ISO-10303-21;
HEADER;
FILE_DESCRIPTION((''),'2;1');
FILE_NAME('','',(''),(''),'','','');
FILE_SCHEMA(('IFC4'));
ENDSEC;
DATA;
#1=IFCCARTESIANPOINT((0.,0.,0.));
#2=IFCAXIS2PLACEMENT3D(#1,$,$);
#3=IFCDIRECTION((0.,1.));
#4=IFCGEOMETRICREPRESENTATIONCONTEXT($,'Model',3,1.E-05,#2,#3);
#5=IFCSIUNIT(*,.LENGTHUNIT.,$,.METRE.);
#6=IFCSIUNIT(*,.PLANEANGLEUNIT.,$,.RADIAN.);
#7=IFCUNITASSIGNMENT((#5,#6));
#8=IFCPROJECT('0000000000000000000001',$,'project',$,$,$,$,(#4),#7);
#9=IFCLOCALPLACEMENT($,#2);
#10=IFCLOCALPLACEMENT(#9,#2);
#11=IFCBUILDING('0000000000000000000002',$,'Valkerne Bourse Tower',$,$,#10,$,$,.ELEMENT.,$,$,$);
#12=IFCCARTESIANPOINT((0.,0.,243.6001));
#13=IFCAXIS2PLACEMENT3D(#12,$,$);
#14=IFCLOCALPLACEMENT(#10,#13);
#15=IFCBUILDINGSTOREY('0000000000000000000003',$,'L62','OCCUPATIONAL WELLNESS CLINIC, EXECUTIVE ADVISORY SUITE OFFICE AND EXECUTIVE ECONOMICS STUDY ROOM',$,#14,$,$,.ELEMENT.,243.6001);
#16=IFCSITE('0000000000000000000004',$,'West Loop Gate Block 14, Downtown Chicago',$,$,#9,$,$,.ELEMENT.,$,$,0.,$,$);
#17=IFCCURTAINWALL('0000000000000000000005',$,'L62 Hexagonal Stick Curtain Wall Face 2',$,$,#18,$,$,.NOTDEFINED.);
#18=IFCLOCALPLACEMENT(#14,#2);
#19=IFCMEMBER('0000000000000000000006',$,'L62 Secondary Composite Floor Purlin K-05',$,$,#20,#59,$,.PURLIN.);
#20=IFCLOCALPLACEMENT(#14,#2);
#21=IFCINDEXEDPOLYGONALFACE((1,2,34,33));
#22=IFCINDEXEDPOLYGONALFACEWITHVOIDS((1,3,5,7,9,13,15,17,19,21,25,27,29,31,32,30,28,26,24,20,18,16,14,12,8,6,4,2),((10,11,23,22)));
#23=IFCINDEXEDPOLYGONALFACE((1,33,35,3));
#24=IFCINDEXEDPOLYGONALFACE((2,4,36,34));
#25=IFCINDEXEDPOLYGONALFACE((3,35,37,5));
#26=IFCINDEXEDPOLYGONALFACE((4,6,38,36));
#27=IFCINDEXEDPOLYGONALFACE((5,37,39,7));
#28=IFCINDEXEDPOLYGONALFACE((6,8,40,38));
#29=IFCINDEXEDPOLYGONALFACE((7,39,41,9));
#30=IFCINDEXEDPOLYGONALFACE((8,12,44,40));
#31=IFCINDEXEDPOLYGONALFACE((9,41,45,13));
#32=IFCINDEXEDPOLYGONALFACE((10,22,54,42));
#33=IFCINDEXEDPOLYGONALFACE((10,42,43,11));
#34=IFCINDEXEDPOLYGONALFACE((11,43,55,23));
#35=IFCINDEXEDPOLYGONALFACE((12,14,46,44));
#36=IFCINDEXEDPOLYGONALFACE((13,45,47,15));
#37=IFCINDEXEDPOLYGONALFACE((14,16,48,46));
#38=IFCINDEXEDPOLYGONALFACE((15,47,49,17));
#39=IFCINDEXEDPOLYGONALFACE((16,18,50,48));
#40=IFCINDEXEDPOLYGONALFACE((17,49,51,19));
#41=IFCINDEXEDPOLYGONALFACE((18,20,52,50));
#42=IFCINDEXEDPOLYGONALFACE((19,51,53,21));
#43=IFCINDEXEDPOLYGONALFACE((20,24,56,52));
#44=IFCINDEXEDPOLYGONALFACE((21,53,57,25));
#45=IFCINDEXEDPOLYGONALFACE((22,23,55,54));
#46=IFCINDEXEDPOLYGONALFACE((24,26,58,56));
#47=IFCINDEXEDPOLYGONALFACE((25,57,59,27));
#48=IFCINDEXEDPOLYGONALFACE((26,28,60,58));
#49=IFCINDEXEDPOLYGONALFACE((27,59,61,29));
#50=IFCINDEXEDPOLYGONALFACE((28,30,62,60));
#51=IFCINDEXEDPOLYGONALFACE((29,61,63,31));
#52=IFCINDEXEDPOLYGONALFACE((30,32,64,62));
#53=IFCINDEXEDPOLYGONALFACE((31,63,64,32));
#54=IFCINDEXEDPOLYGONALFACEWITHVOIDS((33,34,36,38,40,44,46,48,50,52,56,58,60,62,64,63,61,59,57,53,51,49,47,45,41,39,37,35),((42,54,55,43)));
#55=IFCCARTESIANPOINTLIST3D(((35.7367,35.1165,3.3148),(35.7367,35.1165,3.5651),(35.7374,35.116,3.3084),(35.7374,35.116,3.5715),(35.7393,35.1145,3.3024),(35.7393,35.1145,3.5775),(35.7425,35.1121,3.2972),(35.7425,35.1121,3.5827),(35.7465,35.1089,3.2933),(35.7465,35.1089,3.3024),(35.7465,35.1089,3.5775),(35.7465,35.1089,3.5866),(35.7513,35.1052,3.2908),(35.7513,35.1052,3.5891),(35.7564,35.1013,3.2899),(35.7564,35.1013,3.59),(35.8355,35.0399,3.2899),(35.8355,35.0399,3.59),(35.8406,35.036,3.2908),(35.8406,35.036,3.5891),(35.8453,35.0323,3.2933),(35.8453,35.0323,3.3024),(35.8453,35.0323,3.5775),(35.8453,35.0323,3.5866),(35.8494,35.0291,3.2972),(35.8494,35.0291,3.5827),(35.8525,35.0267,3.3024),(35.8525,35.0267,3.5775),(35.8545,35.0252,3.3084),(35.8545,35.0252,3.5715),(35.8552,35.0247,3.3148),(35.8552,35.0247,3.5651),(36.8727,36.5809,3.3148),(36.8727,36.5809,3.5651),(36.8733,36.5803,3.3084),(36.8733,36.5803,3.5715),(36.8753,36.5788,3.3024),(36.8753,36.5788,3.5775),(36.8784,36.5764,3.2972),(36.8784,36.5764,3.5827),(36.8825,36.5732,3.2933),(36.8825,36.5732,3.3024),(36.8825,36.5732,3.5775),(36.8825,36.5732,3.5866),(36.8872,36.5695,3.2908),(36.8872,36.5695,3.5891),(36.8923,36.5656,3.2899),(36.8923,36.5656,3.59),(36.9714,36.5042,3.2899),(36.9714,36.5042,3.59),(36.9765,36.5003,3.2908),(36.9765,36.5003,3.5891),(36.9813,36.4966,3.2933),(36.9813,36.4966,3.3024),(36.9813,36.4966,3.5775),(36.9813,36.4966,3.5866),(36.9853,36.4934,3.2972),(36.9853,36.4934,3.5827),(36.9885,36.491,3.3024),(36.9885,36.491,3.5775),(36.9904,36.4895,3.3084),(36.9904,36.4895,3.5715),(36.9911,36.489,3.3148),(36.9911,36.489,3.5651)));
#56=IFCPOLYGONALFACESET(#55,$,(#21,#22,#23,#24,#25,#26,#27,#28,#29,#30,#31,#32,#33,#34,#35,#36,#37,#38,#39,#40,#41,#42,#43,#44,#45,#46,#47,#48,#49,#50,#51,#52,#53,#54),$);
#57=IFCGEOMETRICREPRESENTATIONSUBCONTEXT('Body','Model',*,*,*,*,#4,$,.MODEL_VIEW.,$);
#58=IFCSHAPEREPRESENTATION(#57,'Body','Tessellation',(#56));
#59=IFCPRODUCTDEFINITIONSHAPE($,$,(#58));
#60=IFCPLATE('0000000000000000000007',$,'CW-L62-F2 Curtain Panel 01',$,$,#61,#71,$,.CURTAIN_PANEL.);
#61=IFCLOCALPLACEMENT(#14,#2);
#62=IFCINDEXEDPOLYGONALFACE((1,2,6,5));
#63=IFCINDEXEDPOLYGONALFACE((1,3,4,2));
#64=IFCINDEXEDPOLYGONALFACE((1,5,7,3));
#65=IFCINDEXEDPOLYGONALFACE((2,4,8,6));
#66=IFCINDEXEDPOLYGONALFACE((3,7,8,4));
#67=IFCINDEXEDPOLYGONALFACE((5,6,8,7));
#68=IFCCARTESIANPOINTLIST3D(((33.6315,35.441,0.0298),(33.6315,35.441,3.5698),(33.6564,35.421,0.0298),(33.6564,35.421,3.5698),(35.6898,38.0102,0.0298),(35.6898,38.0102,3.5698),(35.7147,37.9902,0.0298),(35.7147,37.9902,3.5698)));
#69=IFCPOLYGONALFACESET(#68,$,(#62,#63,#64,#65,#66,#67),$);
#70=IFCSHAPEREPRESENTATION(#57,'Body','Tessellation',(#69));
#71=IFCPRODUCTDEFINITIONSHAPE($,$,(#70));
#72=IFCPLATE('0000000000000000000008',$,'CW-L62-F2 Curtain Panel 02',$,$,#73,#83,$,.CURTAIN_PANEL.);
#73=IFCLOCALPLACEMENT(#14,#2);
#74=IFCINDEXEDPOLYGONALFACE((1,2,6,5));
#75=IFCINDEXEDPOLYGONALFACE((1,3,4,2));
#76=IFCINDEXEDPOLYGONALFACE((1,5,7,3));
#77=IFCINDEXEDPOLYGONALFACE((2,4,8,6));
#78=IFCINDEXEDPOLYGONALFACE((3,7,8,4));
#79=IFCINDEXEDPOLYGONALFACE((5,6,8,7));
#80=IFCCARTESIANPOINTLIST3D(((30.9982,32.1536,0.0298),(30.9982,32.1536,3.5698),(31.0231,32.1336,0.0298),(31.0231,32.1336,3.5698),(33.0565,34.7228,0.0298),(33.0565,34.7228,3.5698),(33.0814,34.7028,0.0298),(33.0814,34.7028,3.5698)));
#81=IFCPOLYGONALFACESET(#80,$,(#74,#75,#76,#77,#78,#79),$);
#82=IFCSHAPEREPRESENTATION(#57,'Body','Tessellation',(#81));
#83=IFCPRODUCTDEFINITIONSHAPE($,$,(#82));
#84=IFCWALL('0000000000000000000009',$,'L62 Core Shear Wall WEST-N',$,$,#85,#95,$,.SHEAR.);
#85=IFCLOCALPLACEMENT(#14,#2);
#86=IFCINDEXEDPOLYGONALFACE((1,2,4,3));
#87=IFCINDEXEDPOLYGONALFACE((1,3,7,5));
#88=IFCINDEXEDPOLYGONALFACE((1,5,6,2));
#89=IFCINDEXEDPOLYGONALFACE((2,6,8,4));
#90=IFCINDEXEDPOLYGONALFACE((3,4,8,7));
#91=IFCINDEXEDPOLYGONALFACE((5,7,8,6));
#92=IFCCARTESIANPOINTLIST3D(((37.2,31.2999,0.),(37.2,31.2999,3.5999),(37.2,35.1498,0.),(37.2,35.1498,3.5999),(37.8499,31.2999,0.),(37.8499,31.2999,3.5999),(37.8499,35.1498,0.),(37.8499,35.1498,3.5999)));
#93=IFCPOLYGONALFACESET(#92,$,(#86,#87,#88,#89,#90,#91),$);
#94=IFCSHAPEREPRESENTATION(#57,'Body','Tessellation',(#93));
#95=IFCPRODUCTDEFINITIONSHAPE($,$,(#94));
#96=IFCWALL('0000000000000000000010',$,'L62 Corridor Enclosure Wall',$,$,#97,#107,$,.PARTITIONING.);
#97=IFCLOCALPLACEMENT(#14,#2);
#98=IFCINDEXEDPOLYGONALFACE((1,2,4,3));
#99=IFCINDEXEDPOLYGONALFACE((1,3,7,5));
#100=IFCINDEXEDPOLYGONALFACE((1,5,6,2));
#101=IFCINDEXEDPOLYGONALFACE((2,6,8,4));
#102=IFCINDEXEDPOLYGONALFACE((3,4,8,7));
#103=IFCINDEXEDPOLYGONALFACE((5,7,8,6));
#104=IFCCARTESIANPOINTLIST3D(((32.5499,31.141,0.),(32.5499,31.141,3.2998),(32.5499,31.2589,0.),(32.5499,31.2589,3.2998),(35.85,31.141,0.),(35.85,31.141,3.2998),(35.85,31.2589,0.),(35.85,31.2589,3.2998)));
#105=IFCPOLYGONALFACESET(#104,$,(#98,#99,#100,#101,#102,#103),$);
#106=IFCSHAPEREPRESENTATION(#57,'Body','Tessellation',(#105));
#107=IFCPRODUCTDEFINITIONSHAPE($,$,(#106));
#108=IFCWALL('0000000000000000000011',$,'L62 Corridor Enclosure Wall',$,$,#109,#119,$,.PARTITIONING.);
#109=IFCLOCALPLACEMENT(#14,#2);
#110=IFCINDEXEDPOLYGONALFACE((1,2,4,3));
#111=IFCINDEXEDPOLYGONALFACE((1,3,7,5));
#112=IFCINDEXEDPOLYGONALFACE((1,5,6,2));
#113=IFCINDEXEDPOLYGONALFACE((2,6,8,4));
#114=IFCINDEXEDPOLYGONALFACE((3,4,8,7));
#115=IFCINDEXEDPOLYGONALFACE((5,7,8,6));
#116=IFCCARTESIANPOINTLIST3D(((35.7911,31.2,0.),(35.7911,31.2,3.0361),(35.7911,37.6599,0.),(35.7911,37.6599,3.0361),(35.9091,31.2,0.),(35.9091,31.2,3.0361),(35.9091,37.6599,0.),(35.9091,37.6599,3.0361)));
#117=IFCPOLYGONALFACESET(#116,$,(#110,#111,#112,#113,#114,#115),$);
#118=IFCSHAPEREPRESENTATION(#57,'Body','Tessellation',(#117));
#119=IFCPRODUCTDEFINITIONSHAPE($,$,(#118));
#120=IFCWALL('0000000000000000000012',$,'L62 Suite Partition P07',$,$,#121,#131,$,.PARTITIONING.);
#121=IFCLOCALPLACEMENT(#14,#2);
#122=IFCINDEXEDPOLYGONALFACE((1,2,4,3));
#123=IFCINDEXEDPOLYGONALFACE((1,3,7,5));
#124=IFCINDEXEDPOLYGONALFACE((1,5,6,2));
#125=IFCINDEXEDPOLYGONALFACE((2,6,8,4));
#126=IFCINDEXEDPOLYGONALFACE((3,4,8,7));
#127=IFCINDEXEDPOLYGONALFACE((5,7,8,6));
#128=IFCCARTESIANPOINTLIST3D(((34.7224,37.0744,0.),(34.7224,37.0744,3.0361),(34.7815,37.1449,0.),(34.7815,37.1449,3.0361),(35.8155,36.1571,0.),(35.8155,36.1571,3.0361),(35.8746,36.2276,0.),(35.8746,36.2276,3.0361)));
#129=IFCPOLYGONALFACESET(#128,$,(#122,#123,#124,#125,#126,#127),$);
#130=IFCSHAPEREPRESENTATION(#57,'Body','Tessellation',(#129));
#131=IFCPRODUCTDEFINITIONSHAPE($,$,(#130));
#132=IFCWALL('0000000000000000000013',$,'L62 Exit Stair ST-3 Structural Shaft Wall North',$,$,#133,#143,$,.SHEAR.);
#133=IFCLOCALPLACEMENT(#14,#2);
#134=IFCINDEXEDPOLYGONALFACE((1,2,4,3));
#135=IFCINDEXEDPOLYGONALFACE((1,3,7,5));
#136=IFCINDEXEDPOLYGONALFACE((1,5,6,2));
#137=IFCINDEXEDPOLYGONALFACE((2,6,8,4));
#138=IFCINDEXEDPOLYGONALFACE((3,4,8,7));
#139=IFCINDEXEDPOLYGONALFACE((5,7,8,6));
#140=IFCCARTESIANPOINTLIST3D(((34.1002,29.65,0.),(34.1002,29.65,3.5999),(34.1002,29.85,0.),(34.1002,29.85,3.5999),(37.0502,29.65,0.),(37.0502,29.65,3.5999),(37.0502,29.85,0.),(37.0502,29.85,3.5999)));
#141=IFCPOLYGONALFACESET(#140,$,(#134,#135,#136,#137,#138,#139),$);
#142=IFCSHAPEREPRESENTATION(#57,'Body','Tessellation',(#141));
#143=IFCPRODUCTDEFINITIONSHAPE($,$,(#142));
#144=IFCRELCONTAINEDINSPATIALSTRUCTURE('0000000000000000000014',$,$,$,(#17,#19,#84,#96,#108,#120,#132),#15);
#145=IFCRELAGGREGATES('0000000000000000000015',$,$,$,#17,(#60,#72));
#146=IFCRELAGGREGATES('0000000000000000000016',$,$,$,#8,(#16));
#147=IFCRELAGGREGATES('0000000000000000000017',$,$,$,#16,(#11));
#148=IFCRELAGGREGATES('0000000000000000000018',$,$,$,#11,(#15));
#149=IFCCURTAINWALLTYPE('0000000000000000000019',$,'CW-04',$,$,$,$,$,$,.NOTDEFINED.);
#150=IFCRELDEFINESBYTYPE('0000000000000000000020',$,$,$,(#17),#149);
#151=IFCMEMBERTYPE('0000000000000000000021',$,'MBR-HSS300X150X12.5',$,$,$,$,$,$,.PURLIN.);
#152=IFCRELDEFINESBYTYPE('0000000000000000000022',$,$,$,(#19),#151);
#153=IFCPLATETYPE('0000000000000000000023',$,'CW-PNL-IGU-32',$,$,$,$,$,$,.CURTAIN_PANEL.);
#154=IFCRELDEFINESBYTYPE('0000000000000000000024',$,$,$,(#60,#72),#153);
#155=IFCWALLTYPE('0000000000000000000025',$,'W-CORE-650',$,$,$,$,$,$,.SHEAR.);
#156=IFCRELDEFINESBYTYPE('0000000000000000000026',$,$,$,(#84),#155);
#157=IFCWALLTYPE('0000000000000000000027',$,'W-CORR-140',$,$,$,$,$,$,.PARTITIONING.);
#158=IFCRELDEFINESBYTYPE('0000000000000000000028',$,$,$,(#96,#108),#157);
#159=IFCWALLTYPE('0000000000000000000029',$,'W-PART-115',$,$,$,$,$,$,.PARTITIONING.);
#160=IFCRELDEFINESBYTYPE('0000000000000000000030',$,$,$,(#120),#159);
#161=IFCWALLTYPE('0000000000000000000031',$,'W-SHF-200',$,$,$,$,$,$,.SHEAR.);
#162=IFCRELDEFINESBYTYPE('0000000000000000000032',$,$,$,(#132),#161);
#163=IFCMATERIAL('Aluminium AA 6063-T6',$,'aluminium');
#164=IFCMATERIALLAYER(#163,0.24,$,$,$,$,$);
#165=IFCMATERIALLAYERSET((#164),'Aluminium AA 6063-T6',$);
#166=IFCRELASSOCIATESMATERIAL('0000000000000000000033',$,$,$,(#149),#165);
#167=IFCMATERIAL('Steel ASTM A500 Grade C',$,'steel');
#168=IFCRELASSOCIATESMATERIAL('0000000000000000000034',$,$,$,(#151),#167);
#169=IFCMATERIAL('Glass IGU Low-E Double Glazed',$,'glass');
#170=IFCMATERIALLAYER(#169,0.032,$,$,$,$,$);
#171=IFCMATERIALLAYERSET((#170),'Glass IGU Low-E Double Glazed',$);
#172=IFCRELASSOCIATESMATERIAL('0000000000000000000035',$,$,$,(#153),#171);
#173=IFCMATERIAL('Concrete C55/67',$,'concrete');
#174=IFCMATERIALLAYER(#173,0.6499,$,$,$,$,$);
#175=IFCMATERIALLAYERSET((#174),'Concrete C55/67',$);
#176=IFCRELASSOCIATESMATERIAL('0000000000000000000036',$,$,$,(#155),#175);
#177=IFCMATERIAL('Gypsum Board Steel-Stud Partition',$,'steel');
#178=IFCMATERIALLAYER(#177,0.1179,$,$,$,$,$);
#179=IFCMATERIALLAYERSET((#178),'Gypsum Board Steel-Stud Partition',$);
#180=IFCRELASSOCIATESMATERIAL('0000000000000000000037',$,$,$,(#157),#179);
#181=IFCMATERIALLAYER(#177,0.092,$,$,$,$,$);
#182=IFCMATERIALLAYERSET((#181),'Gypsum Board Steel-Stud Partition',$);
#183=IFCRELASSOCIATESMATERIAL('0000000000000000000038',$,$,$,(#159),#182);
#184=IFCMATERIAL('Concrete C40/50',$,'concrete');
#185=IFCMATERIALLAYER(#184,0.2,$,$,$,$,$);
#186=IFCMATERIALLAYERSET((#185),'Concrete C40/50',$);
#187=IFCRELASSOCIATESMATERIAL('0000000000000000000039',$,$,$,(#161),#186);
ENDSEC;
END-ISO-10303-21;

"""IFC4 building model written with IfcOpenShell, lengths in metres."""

from ifc_helpers import new_model, si_unit, direction, frame, frame_2d, origin, origin_2d, place, context, subcontext, project, spatial, rectangle, hollow_rectangle, extrude, material, layer, layer_set, material_profile, profile_set, type_object, element, aggregate, save


model = new_model("IFC4")

# Units and contexts
model_context = context("Model", 3, precision=1e-05, world=origin(), true_north=direction((0.0, 1.0)))
body_context = subcontext(model_context, "Body", "Model", "MODEL_VIEW")
ifc_project = project(units=[si_unit("LENGTHUNIT", "METRE"), si_unit("PLANEANGLEUNIT", "RADIAN")], contexts=[model_context])

# Site, building, storey
site_placement = place(None, origin())
site = spatial("IfcSite", under=ifc_project, at=site_placement, Name="West Loop Gate Block 14, Downtown Chicago", CompositionType="ELEMENT", RefElevation=0.0)
building_placement = place(site_placement, origin())
building = spatial("IfcBuilding", under=site, at=building_placement, Name="Valkerne Bourse Tower", CompositionType="ELEMENT")
storey_placement = place(building_placement, frame((0.0, 0.0, 243.6001)))
storey = spatial("IfcBuildingStorey", under=building, at=storey_placement, Name="L62", Description="OCCUPATIONAL WELLNESS CLINIC, EXECUTIVE ADVISORY SUITE OFFICE AND EXECUTIVE ECONOMICS STUDY ROOM", CompositionType="ELEMENT", Elevation=243.6001)

# Curtain wall
ifc_material_1 = material(Name="Aluminium AA 6063-T6", Category="aluminium")
ifc_layer_1 = layer(ifc_material_1, 0.24)
ifc_layer_set_1 = layer_set([ifc_layer_1], Name="Aluminium AA 6063-T6")
curtain_wall_type = type_object("IfcCurtainWallType", Name="CW-04", PredefinedType="NOTDEFINED", material=ifc_layer_set_1)
curtain_wall_placement = place(storey_placement, origin())
curtain_wall = element("IfcCurtainWall", 1, at=curtain_wall_placement, inside=storey, type_object=curtain_wall_type, Name="L62 Hexagonal Stick Curtain Wall Face 2", PredefinedType="NOTDEFINED")

# Member
ifc_material_2 = material(Name="Steel ASTM A500 Grade C", Category="steel")
ifc_material_profile_1 = material_profile(ifc_material_2, hollow_rectangle(XDim=0.1499, YDim=0.3, WallThickness=0.0125, OuterFilletRadius=0.0249, at=origin_2d()), Name="HSS300X150X12.5")
ifc_profile_set_1 = profile_set([ifc_material_profile_1], Name="Steel ASTM A500 Grade C")
member_type_1 = type_object("IfcMemberType", Name="MBR-HSS300X150X12.5", PredefinedType="PURLIN", material=ifc_profile_set_1)
member_1_placement = place(storey_placement, frame((36.9319, 36.5349, 3.4399), z_axis=(-0.612946, -0.790125, 0.0), x_axis=(0.790125, -0.612946, 0.0)))
element("IfcMember", 2, at=member_1_placement, inside=storey, type_object=member_type_1, Name="L62 Secondary Composite Floor Purlin K-05", PredefinedType="PURLIN", context=body_context, shape_type="SweptSolid", body=[
    extrude(hollow_rectangle(XDim=0.1499, YDim=0.3, WallThickness=0.0125, OuterFilletRadius=0.0249, at=origin_2d()), origin(), (0.0, 0.0, 1.0), 1.8533),
])

# Plates
ifc_material_3 = material(Name="Glass IGU Low-E Double Glazed", Category="glass")
ifc_layer_2 = layer(ifc_material_3, 0.032)
ifc_layer_set_2 = layer_set([ifc_layer_2], Name="Glass IGU Low-E Double Glazed")
plate_type = type_object("IfcPlateType", Name="CW-PNL-IGU-32", PredefinedType="CURTAIN_PANEL", material=ifc_layer_set_2)
plate_1_placement = place(storey_placement, frame((34.6731, 36.7156, 0.0298), z_axis=(0.0, 0.0, 1.0), x_axis=(-0.625236, -0.780435, 0.0)))
plate_1 = element("IfcPlate", 3, at=plate_1_placement, type_object=plate_type, Name="CW-L62-F2 Curtain Panel 01", PredefinedType="CURTAIN_PANEL", context=body_context, shape_type="SweptSolid", body=[
    extrude(rectangle(XDim=3.292, YDim=0.032, at=origin_2d()), origin(), (0.0, 0.0, 1.0), 3.54),
])
plate_2_placement = place(storey_placement, frame((32.0398, 33.4282, 0.0298), z_axis=(0.0, 0.0, 1.0), x_axis=(-0.625236, -0.780435, 0.0)))
plate_2 = element("IfcPlate", 4, at=plate_2_placement, type_object=plate_type, Name="CW-L62-F2 Curtain Panel 02", PredefinedType="CURTAIN_PANEL", context=body_context, shape_type="SweptSolid", body=[
    extrude(rectangle(XDim=3.292, YDim=0.032, at=origin_2d()), origin(), (0.0, 0.0, 1.0), 3.54),
])
aggregate(curtain_wall, [plate_1, plate_2])

# Shared definitions
ifc_material_4 = material(Name="Concrete C55/67", Category="concrete")
ifc_layer_3 = layer(ifc_material_4, 0.6499)
ifc_layer_set_3 = layer_set([ifc_layer_3], Name="Concrete C55/67")
wall_type_1 = type_object("IfcWallType", Name="W-CORE-650", PredefinedType="SHEAR", material=ifc_layer_set_3)

# Walls
wall_1_placement = place(storey_placement, frame((37.5249, 31.3, 0.0), z_axis=(0.0, 0.0, 1.0), x_axis=(0.0, 1.0, 0.0)))
element("IfcWall", 5, at=wall_1_placement, inside=storey, type_object=wall_type_1, Name="L62 Core Shear Wall WEST-N", PredefinedType="SHEAR", context=body_context, shape_type="SweptSolid", body=[
    extrude(rectangle(XDim=3.8499, YDim=0.6499, at=frame_2d((1.9248, 0.0))), origin(), (0.0, 0.0, 1.0), 3.5999),
])
ifc_material_5 = material(Name="Gypsum Board Steel-Stud Partition", Category="steel")
ifc_layer_4 = layer(ifc_material_5, 0.1179)
ifc_layer_set_4 = layer_set([ifc_layer_4], Name="Gypsum Board Steel-Stud Partition")
wall_type_2 = type_object("IfcWallType", Name="W-CORR-140", PredefinedType="PARTITIONING", material=ifc_layer_set_4)
wall_2_placement = place(storey_placement, frame((32.55, 31.2, 0.0), z_axis=(0.0, 0.0, 1.0), x_axis=(1.0, 0.0, 0.0)))
element("IfcWall", 6, at=wall_2_placement, inside=storey, type_object=wall_type_2, Name="L62 Corridor Enclosure Wall", PredefinedType="PARTITIONING", context=body_context, shape_type="SweptSolid", body=[
    extrude(rectangle(XDim=3.3, YDim=0.1179, at=frame_2d((1.6499, 0.0))), origin(), (0.0, 0.0, 1.0), 3.2998),
])
wall_3_placement = place(storey_placement, frame((35.8501, 31.2, 0.0), z_axis=(0.0, 0.0, 1.0), x_axis=(0.0, 1.0, 0.0)))
element("IfcWall", 7, at=wall_3_placement, inside=storey, type_object=wall_type_2, Name="L62 Corridor Enclosure Wall", PredefinedType="PARTITIONING", context=body_context, shape_type="SweptSolid", body=[
    extrude(rectangle(XDim=6.46, YDim=0.1179, at=frame_2d((3.23, 0.0))), origin(), (0.0, 0.0, 1.0), 3.0361),
])
ifc_layer_5 = layer(ifc_material_5, 0.092)
ifc_layer_set_5 = layer_set([ifc_layer_5], Name="Gypsum Board Steel-Stud Partition")
wall_type_3 = type_object("IfcWallType", Name="W-PART-115", PredefinedType="PARTITIONING", material=ifc_layer_set_5)
wall_4_placement = place(storey_placement, frame((35.845, 36.1924, 0.0), z_axis=(0.0, 0.0, 1.0), x_axis=(-0.766015, 0.642823, 0.0)))
element("IfcWall", 8, at=wall_4_placement, inside=storey, type_object=wall_type_3, Name="L62 Suite Partition P07", PredefinedType="PARTITIONING", context=body_context, shape_type="SweptSolid", body=[
    extrude(rectangle(XDim=1.427, YDim=0.092, at=frame_2d((0.7134, 0.0))), origin(), (0.0, 0.0, 1.0), 3.0361),
])
ifc_material_6 = material(Name="Concrete C40/50", Category="concrete")
ifc_layer_6 = layer(ifc_material_6, 0.2)
ifc_layer_set_6 = layer_set([ifc_layer_6], Name="Concrete C40/50")
wall_type_4 = type_object("IfcWallType", Name="W-SHF-200", PredefinedType="SHEAR", material=ifc_layer_set_6)
wall_5_placement = place(storey_placement, frame((34.1001, 29.75, 0.0), z_axis=(0.0, 0.0, 1.0), x_axis=(1.0, 0.0, 0.0)))
element("IfcWall", 9, at=wall_5_placement, inside=storey, type_object=wall_type_4, Name="L62 Exit Stair ST-3 Structural Shaft Wall North", PredefinedType="SHEAR", context=body_context, shape_type="SweptSolid", body=[
    extrude(rectangle(XDim=2.95, YDim=0.2, at=frame_2d((1.4751, 0.0))), origin(), (0.0, 0.0, 1.0), 3.5999),
])

save(model, "model.ifc")
